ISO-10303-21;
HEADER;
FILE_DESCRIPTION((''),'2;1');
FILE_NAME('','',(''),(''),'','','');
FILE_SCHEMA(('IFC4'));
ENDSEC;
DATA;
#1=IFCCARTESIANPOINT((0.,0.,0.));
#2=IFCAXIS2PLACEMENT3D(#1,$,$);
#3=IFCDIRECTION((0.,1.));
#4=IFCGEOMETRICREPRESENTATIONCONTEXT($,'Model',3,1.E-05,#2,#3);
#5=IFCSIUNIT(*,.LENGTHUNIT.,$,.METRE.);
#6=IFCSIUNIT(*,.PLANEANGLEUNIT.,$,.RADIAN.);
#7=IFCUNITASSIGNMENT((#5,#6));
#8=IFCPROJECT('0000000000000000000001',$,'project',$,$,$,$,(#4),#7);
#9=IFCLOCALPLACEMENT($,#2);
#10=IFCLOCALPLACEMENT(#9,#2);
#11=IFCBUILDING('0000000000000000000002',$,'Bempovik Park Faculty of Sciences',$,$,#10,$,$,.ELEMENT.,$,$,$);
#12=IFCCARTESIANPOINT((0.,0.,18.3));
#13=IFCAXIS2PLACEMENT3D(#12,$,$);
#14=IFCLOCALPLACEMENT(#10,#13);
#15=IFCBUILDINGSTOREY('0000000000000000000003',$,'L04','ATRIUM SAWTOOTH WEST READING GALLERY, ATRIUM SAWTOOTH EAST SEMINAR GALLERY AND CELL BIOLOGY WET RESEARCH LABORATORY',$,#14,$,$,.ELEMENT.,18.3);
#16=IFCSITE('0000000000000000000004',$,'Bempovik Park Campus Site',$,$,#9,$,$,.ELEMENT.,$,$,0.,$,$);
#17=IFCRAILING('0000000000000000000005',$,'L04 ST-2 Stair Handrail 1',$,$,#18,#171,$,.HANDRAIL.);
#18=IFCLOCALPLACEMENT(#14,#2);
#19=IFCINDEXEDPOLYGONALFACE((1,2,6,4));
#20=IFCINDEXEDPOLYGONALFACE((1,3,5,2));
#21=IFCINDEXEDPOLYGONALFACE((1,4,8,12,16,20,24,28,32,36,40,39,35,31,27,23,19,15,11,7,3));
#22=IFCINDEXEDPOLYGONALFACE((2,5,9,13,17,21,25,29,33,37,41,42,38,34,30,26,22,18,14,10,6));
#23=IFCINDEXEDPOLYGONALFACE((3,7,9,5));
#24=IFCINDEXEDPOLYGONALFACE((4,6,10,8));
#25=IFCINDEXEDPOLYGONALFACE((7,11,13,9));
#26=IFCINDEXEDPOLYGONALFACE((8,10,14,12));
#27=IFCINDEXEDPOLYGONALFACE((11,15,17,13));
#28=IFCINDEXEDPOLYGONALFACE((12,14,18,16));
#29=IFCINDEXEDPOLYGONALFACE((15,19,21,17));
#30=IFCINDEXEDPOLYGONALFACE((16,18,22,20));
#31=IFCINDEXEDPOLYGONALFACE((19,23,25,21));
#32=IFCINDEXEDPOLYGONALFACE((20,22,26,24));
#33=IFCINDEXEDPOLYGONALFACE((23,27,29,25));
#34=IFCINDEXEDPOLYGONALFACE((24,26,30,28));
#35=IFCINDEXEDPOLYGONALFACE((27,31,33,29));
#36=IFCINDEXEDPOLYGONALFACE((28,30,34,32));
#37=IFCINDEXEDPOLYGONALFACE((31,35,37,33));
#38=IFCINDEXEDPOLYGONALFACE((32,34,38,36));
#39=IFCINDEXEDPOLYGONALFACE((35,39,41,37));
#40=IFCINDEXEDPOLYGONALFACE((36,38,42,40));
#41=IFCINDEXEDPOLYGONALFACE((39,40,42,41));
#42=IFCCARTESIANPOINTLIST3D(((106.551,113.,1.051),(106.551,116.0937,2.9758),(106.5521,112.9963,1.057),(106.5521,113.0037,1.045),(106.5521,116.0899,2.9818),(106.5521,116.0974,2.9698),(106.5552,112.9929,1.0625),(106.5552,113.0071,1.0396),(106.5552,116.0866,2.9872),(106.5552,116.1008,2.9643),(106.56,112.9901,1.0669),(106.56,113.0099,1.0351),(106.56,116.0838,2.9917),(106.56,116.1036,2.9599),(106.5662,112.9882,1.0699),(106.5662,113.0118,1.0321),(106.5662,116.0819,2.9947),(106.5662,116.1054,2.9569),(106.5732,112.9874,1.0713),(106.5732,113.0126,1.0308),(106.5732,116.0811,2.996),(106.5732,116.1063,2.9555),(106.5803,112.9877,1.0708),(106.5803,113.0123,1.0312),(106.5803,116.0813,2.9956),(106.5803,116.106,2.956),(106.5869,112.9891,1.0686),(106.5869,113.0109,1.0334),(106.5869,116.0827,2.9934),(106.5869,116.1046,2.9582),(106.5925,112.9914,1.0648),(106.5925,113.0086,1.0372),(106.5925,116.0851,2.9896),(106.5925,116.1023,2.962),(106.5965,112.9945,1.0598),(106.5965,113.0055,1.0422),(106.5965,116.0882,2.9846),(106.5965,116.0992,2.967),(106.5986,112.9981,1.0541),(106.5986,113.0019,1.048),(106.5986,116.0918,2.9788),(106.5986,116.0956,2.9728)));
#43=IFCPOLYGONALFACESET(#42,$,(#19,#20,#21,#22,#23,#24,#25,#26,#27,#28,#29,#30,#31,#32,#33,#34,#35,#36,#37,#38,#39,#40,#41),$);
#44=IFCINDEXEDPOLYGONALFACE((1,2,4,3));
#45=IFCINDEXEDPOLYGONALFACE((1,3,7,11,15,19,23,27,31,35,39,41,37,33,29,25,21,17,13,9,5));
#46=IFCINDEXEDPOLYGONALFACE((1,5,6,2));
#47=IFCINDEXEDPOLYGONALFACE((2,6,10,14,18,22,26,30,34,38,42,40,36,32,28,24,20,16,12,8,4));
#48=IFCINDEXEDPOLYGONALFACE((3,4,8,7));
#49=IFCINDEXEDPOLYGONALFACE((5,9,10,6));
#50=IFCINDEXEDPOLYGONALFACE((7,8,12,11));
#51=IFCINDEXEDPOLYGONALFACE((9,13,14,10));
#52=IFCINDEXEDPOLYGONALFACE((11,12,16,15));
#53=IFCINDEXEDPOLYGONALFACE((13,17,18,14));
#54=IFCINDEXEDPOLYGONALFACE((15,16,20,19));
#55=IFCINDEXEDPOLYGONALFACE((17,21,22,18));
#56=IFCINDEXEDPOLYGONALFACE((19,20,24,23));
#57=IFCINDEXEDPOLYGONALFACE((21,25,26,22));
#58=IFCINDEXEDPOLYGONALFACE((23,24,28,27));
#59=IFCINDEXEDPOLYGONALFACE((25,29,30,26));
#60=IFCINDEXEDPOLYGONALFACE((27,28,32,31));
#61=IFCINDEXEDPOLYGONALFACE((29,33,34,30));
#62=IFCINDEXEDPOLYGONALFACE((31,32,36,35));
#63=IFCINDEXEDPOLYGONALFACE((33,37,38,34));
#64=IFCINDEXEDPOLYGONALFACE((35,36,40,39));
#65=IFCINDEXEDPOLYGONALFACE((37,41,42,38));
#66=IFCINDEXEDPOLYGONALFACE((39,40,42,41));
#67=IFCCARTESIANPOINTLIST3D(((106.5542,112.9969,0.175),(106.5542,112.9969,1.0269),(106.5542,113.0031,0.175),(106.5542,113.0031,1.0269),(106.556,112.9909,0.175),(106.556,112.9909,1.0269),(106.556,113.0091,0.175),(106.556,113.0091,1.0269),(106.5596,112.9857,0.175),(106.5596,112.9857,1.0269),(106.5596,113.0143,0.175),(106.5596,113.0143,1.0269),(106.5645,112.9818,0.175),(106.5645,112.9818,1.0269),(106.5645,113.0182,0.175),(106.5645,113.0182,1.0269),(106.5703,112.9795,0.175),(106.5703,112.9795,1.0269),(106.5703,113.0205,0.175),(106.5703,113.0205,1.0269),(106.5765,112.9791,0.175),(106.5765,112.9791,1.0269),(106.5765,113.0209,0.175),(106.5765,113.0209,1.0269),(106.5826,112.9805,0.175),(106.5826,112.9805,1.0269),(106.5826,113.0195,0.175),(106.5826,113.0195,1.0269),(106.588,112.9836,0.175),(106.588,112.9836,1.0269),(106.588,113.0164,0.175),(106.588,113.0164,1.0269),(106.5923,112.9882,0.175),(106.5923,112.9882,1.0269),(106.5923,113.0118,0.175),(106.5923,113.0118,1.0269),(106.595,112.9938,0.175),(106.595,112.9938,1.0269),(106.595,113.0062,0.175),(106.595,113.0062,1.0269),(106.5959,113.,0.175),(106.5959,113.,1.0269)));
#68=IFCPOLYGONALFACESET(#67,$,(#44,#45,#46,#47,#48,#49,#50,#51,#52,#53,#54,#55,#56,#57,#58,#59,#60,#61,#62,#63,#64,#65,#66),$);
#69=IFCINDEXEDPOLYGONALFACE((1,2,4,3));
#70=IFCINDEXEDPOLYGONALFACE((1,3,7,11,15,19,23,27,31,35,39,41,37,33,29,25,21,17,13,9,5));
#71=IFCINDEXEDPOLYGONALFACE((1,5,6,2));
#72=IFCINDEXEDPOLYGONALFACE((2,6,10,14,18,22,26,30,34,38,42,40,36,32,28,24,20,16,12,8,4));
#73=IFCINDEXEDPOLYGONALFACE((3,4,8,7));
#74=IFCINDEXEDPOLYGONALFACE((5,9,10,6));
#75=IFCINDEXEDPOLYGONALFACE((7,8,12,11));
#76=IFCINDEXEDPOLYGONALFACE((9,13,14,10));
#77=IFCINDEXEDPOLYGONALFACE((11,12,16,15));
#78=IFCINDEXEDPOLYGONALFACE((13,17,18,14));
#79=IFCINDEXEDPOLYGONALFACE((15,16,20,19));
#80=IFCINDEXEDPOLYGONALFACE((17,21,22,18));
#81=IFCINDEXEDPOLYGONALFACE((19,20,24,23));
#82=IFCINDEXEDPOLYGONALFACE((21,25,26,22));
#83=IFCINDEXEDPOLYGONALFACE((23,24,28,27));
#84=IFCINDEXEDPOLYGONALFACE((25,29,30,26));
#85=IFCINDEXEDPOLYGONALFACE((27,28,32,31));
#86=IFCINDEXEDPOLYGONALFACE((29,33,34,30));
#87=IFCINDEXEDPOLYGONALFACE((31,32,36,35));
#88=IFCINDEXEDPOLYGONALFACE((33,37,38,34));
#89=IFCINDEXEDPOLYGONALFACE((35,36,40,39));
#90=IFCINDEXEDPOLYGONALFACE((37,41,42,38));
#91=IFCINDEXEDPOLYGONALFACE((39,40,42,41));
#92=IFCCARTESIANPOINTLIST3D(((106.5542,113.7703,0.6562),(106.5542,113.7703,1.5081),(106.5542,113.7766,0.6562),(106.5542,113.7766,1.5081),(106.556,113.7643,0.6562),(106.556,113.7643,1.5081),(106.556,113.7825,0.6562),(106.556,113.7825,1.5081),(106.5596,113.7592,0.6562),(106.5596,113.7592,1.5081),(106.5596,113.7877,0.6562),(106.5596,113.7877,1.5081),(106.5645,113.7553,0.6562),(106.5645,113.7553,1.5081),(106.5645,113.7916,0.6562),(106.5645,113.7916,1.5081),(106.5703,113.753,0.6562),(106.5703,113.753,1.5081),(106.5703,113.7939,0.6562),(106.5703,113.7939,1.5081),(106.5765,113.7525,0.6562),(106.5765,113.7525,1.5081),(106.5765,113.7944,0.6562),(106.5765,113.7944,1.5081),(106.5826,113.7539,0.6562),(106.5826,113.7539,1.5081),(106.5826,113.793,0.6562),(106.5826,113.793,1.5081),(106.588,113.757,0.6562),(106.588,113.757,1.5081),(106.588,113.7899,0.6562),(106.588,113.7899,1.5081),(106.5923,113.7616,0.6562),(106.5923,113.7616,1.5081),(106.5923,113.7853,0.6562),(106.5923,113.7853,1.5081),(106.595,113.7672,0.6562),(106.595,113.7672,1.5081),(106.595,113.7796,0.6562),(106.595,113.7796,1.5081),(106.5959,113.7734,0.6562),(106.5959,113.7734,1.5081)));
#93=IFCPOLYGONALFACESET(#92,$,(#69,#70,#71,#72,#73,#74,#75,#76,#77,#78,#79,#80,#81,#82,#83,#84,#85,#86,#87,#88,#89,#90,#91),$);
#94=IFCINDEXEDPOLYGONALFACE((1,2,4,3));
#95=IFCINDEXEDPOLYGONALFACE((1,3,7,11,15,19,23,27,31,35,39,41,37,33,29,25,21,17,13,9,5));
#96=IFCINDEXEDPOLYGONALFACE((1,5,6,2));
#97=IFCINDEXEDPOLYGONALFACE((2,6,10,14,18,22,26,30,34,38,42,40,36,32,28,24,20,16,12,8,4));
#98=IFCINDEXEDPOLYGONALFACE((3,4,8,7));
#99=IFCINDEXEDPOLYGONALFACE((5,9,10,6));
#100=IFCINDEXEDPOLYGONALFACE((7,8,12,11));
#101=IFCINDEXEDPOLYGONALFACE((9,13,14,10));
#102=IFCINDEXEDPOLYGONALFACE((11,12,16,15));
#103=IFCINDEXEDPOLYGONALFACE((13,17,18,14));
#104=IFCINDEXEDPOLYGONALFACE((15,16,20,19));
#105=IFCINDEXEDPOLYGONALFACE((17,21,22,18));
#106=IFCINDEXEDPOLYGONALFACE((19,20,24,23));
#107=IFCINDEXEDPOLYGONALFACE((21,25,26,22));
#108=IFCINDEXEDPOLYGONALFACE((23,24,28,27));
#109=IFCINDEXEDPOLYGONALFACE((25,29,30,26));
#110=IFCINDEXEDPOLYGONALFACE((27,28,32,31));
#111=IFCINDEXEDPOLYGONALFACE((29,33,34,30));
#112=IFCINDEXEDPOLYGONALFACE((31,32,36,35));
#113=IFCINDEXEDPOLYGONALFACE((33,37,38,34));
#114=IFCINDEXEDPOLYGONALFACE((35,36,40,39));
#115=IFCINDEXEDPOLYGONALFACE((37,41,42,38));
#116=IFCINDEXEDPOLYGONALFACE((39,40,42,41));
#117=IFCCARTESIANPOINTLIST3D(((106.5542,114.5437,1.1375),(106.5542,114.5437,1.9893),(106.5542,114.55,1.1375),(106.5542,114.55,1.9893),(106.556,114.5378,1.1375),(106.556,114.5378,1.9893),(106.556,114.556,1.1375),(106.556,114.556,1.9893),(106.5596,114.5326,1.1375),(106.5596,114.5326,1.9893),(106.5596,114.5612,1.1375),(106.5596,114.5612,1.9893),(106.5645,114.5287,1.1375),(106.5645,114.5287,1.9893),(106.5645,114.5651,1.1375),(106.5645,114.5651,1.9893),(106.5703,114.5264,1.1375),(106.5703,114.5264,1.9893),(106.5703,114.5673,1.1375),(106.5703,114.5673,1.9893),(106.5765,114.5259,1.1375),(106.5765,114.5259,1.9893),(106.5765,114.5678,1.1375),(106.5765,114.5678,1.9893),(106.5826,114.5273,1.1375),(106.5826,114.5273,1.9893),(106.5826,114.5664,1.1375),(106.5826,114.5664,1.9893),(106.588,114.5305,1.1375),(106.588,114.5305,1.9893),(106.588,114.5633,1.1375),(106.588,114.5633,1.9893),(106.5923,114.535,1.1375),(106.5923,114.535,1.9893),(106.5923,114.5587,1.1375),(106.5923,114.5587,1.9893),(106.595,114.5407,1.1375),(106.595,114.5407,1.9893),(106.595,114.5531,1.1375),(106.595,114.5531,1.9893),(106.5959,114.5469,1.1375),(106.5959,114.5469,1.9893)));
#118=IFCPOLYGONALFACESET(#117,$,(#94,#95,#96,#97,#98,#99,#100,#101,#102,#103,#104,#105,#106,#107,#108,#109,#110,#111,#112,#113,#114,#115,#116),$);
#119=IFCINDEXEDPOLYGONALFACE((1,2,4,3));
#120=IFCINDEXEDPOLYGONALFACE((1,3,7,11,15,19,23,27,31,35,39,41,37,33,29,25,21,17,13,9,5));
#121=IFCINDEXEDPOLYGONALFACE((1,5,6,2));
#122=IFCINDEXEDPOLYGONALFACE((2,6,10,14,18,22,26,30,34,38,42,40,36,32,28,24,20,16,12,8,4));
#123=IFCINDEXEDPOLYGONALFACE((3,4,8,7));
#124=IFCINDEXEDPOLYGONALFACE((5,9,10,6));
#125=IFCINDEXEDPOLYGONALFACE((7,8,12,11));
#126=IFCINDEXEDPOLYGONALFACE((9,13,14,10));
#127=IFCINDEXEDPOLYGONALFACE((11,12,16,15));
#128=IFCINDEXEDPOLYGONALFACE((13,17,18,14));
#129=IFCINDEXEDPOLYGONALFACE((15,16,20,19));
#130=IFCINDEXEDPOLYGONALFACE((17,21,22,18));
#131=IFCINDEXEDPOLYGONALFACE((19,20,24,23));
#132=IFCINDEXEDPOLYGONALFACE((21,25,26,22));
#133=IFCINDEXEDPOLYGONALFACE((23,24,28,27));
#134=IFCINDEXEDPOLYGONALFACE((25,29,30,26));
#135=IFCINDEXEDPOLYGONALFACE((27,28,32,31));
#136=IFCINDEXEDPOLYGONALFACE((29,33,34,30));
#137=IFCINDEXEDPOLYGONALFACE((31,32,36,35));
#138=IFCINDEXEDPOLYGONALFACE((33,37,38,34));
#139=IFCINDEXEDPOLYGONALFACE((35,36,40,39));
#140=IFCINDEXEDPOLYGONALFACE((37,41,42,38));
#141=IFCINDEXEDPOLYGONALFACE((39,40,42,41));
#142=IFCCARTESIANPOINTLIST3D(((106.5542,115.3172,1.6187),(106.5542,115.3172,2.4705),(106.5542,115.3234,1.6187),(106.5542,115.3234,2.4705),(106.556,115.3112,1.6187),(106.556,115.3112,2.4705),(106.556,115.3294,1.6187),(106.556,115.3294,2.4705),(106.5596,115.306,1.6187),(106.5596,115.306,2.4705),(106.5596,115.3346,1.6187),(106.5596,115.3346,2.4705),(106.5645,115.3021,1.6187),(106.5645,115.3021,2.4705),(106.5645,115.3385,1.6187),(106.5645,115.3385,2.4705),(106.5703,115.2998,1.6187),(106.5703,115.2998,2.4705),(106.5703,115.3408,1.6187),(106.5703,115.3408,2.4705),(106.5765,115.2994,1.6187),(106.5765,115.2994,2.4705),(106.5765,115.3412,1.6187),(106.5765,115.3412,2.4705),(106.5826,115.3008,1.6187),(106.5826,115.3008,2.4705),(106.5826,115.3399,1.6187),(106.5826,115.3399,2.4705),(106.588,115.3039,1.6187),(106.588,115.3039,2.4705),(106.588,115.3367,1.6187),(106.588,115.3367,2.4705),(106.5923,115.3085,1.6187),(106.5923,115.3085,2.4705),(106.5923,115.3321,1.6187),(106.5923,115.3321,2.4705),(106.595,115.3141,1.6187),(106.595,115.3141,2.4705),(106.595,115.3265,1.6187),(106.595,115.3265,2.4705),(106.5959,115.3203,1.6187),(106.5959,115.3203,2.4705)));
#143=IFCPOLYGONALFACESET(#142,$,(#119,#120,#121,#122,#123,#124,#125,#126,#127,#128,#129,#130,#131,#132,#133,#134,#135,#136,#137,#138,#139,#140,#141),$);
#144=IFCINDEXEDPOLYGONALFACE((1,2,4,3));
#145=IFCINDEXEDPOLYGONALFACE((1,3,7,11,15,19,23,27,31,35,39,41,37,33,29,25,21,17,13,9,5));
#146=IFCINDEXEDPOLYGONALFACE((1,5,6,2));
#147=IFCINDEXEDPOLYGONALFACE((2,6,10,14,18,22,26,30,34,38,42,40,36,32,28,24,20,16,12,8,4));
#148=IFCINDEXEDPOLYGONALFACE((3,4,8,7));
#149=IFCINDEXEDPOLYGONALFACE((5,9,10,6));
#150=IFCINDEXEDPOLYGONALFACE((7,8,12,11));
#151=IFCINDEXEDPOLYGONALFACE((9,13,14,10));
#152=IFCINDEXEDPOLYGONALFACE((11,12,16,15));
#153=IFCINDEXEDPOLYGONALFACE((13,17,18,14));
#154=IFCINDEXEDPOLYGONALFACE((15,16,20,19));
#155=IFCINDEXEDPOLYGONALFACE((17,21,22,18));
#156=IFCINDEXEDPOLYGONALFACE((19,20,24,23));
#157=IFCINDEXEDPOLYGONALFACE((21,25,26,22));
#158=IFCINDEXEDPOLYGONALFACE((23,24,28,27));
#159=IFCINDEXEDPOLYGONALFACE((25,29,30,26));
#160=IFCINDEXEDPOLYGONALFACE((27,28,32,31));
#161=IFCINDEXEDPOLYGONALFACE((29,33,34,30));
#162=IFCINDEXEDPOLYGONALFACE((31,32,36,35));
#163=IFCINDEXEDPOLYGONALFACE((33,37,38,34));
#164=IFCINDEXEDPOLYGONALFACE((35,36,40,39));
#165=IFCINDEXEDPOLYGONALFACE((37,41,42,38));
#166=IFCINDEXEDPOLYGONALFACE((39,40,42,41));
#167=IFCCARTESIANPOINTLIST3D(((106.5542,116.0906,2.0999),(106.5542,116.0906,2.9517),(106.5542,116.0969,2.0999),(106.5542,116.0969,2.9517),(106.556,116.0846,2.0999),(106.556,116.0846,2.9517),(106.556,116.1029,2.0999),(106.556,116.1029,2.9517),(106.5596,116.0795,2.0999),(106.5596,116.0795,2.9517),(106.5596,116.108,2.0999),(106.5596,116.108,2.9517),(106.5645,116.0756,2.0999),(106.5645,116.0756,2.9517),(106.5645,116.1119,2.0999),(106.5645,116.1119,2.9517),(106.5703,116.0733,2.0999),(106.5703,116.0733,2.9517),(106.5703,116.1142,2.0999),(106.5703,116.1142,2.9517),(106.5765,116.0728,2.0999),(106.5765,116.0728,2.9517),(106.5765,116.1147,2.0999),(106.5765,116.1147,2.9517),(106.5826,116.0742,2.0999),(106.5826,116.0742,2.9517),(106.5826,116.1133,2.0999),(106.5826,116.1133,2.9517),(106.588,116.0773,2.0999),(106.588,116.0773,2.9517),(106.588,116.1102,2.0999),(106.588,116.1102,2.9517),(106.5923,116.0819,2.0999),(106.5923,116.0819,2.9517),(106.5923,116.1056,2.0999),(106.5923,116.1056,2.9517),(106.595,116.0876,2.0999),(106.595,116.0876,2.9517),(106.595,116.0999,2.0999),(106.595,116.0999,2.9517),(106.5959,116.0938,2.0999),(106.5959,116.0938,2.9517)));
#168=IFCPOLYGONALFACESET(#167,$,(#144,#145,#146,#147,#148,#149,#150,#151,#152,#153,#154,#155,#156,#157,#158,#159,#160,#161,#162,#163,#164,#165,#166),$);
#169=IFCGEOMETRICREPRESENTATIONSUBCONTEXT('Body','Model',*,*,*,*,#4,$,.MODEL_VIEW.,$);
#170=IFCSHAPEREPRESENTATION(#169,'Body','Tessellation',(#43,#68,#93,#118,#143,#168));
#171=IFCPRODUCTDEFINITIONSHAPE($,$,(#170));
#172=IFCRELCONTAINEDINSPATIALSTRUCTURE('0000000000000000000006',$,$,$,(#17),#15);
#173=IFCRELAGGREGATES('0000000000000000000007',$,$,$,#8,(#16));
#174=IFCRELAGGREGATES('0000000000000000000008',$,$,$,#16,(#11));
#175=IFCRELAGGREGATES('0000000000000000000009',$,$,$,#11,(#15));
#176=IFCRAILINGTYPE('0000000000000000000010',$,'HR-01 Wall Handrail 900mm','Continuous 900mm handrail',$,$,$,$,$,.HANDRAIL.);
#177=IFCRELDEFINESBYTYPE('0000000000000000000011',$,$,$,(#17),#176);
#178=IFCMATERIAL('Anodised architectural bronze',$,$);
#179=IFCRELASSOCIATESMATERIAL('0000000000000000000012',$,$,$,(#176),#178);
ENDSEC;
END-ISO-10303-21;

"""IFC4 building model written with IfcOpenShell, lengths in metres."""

from ifc_helpers import new_model, si_unit, direction, frame, origin, origin_2d, place, context, subcontext, project, spatial, circle, extrude, material, type_object, element, save


model = new_model("IFC4")

# Units and contexts
model_context = context("Model", 3, precision=1e-05, world=origin(), true_north=direction((0.0, 1.0)))
body_context = subcontext(model_context, "Body", "Model", "MODEL_VIEW")
ifc_project = project(units=[si_unit("LENGTHUNIT", "METRE"), si_unit("PLANEANGLEUNIT", "RADIAN")], contexts=[model_context])

# Site, building, storey
site_placement = place(None, origin())
site = spatial("IfcSite", under=ifc_project, at=site_placement, Name="Bempovik Park Campus Site", CompositionType="ELEMENT", RefElevation=0.0)
building_placement = place(site_placement, origin())
building = spatial("IfcBuilding", under=site, at=building_placement, Name="Bempovik Park Faculty of Sciences", CompositionType="ELEMENT")
storey_placement = place(building_placement, frame((0.0, 0.0, 18.3)))
storey = spatial("IfcBuildingStorey", under=building, at=storey_placement, Name="L04", Description="ATRIUM SAWTOOTH WEST READING GALLERY, ATRIUM SAWTOOTH EAST SEMINAR GALLERY AND CELL BIOLOGY WET RESEARCH LABORATORY", CompositionType="ELEMENT", Elevation=18.3)

# Railing
ifc_material_1 = material(Name="Anodised architectural bronze")
railing_type_1 = type_object("IfcRailingType", Name="HR-01 Wall Handrail 900mm", Description="Continuous 900mm handrail", PredefinedType="HANDRAIL", material=ifc_material_1)
railing_1_placement = place(storey_placement, frame((106.575, 113.0, 0.175)))
element("IfcRailing", 1, at=railing_1_placement, inside=storey, type_object=railing_type_1, Name="L04 ST-2 Stair Handrail 1", PredefinedType="HANDRAIL", context=body_context, shape_type="SweptSolid", body=[
    extrude(circle(Radius=0.0239, at=origin_2d()), frame((0.0, 0.0, 0.876), z_axis=(0.0, 0.849081, 0.528263), x_axis=(-1.0, 0.0, 0.0)), (0.0, 0.0, 1.0), 3.6436),
    extrude(circle(Radius=0.021, at=origin_2d()), origin(), (0.0, 0.0, 1.0), 0.8518),
    extrude(circle(Radius=0.021, at=origin_2d()), frame((0.0, 0.7734, 0.4812)), (0.0, 0.0, 1.0), 0.8518),
    extrude(circle(Radius=0.021, at=origin_2d()), frame((0.0, 1.5469, 0.9624)), (0.0, 0.0, 1.0), 0.8518),
    extrude(circle(Radius=0.021, at=origin_2d()), frame((0.0, 2.3203, 1.4436)), (0.0, 0.0, 1.0), 0.8518),
    extrude(circle(Radius=0.021, at=origin_2d()), frame((0.0, 3.0938, 1.9248)), (0.0, 0.0, 1.0), 0.8518),
])

save(model, "model.ifc")
